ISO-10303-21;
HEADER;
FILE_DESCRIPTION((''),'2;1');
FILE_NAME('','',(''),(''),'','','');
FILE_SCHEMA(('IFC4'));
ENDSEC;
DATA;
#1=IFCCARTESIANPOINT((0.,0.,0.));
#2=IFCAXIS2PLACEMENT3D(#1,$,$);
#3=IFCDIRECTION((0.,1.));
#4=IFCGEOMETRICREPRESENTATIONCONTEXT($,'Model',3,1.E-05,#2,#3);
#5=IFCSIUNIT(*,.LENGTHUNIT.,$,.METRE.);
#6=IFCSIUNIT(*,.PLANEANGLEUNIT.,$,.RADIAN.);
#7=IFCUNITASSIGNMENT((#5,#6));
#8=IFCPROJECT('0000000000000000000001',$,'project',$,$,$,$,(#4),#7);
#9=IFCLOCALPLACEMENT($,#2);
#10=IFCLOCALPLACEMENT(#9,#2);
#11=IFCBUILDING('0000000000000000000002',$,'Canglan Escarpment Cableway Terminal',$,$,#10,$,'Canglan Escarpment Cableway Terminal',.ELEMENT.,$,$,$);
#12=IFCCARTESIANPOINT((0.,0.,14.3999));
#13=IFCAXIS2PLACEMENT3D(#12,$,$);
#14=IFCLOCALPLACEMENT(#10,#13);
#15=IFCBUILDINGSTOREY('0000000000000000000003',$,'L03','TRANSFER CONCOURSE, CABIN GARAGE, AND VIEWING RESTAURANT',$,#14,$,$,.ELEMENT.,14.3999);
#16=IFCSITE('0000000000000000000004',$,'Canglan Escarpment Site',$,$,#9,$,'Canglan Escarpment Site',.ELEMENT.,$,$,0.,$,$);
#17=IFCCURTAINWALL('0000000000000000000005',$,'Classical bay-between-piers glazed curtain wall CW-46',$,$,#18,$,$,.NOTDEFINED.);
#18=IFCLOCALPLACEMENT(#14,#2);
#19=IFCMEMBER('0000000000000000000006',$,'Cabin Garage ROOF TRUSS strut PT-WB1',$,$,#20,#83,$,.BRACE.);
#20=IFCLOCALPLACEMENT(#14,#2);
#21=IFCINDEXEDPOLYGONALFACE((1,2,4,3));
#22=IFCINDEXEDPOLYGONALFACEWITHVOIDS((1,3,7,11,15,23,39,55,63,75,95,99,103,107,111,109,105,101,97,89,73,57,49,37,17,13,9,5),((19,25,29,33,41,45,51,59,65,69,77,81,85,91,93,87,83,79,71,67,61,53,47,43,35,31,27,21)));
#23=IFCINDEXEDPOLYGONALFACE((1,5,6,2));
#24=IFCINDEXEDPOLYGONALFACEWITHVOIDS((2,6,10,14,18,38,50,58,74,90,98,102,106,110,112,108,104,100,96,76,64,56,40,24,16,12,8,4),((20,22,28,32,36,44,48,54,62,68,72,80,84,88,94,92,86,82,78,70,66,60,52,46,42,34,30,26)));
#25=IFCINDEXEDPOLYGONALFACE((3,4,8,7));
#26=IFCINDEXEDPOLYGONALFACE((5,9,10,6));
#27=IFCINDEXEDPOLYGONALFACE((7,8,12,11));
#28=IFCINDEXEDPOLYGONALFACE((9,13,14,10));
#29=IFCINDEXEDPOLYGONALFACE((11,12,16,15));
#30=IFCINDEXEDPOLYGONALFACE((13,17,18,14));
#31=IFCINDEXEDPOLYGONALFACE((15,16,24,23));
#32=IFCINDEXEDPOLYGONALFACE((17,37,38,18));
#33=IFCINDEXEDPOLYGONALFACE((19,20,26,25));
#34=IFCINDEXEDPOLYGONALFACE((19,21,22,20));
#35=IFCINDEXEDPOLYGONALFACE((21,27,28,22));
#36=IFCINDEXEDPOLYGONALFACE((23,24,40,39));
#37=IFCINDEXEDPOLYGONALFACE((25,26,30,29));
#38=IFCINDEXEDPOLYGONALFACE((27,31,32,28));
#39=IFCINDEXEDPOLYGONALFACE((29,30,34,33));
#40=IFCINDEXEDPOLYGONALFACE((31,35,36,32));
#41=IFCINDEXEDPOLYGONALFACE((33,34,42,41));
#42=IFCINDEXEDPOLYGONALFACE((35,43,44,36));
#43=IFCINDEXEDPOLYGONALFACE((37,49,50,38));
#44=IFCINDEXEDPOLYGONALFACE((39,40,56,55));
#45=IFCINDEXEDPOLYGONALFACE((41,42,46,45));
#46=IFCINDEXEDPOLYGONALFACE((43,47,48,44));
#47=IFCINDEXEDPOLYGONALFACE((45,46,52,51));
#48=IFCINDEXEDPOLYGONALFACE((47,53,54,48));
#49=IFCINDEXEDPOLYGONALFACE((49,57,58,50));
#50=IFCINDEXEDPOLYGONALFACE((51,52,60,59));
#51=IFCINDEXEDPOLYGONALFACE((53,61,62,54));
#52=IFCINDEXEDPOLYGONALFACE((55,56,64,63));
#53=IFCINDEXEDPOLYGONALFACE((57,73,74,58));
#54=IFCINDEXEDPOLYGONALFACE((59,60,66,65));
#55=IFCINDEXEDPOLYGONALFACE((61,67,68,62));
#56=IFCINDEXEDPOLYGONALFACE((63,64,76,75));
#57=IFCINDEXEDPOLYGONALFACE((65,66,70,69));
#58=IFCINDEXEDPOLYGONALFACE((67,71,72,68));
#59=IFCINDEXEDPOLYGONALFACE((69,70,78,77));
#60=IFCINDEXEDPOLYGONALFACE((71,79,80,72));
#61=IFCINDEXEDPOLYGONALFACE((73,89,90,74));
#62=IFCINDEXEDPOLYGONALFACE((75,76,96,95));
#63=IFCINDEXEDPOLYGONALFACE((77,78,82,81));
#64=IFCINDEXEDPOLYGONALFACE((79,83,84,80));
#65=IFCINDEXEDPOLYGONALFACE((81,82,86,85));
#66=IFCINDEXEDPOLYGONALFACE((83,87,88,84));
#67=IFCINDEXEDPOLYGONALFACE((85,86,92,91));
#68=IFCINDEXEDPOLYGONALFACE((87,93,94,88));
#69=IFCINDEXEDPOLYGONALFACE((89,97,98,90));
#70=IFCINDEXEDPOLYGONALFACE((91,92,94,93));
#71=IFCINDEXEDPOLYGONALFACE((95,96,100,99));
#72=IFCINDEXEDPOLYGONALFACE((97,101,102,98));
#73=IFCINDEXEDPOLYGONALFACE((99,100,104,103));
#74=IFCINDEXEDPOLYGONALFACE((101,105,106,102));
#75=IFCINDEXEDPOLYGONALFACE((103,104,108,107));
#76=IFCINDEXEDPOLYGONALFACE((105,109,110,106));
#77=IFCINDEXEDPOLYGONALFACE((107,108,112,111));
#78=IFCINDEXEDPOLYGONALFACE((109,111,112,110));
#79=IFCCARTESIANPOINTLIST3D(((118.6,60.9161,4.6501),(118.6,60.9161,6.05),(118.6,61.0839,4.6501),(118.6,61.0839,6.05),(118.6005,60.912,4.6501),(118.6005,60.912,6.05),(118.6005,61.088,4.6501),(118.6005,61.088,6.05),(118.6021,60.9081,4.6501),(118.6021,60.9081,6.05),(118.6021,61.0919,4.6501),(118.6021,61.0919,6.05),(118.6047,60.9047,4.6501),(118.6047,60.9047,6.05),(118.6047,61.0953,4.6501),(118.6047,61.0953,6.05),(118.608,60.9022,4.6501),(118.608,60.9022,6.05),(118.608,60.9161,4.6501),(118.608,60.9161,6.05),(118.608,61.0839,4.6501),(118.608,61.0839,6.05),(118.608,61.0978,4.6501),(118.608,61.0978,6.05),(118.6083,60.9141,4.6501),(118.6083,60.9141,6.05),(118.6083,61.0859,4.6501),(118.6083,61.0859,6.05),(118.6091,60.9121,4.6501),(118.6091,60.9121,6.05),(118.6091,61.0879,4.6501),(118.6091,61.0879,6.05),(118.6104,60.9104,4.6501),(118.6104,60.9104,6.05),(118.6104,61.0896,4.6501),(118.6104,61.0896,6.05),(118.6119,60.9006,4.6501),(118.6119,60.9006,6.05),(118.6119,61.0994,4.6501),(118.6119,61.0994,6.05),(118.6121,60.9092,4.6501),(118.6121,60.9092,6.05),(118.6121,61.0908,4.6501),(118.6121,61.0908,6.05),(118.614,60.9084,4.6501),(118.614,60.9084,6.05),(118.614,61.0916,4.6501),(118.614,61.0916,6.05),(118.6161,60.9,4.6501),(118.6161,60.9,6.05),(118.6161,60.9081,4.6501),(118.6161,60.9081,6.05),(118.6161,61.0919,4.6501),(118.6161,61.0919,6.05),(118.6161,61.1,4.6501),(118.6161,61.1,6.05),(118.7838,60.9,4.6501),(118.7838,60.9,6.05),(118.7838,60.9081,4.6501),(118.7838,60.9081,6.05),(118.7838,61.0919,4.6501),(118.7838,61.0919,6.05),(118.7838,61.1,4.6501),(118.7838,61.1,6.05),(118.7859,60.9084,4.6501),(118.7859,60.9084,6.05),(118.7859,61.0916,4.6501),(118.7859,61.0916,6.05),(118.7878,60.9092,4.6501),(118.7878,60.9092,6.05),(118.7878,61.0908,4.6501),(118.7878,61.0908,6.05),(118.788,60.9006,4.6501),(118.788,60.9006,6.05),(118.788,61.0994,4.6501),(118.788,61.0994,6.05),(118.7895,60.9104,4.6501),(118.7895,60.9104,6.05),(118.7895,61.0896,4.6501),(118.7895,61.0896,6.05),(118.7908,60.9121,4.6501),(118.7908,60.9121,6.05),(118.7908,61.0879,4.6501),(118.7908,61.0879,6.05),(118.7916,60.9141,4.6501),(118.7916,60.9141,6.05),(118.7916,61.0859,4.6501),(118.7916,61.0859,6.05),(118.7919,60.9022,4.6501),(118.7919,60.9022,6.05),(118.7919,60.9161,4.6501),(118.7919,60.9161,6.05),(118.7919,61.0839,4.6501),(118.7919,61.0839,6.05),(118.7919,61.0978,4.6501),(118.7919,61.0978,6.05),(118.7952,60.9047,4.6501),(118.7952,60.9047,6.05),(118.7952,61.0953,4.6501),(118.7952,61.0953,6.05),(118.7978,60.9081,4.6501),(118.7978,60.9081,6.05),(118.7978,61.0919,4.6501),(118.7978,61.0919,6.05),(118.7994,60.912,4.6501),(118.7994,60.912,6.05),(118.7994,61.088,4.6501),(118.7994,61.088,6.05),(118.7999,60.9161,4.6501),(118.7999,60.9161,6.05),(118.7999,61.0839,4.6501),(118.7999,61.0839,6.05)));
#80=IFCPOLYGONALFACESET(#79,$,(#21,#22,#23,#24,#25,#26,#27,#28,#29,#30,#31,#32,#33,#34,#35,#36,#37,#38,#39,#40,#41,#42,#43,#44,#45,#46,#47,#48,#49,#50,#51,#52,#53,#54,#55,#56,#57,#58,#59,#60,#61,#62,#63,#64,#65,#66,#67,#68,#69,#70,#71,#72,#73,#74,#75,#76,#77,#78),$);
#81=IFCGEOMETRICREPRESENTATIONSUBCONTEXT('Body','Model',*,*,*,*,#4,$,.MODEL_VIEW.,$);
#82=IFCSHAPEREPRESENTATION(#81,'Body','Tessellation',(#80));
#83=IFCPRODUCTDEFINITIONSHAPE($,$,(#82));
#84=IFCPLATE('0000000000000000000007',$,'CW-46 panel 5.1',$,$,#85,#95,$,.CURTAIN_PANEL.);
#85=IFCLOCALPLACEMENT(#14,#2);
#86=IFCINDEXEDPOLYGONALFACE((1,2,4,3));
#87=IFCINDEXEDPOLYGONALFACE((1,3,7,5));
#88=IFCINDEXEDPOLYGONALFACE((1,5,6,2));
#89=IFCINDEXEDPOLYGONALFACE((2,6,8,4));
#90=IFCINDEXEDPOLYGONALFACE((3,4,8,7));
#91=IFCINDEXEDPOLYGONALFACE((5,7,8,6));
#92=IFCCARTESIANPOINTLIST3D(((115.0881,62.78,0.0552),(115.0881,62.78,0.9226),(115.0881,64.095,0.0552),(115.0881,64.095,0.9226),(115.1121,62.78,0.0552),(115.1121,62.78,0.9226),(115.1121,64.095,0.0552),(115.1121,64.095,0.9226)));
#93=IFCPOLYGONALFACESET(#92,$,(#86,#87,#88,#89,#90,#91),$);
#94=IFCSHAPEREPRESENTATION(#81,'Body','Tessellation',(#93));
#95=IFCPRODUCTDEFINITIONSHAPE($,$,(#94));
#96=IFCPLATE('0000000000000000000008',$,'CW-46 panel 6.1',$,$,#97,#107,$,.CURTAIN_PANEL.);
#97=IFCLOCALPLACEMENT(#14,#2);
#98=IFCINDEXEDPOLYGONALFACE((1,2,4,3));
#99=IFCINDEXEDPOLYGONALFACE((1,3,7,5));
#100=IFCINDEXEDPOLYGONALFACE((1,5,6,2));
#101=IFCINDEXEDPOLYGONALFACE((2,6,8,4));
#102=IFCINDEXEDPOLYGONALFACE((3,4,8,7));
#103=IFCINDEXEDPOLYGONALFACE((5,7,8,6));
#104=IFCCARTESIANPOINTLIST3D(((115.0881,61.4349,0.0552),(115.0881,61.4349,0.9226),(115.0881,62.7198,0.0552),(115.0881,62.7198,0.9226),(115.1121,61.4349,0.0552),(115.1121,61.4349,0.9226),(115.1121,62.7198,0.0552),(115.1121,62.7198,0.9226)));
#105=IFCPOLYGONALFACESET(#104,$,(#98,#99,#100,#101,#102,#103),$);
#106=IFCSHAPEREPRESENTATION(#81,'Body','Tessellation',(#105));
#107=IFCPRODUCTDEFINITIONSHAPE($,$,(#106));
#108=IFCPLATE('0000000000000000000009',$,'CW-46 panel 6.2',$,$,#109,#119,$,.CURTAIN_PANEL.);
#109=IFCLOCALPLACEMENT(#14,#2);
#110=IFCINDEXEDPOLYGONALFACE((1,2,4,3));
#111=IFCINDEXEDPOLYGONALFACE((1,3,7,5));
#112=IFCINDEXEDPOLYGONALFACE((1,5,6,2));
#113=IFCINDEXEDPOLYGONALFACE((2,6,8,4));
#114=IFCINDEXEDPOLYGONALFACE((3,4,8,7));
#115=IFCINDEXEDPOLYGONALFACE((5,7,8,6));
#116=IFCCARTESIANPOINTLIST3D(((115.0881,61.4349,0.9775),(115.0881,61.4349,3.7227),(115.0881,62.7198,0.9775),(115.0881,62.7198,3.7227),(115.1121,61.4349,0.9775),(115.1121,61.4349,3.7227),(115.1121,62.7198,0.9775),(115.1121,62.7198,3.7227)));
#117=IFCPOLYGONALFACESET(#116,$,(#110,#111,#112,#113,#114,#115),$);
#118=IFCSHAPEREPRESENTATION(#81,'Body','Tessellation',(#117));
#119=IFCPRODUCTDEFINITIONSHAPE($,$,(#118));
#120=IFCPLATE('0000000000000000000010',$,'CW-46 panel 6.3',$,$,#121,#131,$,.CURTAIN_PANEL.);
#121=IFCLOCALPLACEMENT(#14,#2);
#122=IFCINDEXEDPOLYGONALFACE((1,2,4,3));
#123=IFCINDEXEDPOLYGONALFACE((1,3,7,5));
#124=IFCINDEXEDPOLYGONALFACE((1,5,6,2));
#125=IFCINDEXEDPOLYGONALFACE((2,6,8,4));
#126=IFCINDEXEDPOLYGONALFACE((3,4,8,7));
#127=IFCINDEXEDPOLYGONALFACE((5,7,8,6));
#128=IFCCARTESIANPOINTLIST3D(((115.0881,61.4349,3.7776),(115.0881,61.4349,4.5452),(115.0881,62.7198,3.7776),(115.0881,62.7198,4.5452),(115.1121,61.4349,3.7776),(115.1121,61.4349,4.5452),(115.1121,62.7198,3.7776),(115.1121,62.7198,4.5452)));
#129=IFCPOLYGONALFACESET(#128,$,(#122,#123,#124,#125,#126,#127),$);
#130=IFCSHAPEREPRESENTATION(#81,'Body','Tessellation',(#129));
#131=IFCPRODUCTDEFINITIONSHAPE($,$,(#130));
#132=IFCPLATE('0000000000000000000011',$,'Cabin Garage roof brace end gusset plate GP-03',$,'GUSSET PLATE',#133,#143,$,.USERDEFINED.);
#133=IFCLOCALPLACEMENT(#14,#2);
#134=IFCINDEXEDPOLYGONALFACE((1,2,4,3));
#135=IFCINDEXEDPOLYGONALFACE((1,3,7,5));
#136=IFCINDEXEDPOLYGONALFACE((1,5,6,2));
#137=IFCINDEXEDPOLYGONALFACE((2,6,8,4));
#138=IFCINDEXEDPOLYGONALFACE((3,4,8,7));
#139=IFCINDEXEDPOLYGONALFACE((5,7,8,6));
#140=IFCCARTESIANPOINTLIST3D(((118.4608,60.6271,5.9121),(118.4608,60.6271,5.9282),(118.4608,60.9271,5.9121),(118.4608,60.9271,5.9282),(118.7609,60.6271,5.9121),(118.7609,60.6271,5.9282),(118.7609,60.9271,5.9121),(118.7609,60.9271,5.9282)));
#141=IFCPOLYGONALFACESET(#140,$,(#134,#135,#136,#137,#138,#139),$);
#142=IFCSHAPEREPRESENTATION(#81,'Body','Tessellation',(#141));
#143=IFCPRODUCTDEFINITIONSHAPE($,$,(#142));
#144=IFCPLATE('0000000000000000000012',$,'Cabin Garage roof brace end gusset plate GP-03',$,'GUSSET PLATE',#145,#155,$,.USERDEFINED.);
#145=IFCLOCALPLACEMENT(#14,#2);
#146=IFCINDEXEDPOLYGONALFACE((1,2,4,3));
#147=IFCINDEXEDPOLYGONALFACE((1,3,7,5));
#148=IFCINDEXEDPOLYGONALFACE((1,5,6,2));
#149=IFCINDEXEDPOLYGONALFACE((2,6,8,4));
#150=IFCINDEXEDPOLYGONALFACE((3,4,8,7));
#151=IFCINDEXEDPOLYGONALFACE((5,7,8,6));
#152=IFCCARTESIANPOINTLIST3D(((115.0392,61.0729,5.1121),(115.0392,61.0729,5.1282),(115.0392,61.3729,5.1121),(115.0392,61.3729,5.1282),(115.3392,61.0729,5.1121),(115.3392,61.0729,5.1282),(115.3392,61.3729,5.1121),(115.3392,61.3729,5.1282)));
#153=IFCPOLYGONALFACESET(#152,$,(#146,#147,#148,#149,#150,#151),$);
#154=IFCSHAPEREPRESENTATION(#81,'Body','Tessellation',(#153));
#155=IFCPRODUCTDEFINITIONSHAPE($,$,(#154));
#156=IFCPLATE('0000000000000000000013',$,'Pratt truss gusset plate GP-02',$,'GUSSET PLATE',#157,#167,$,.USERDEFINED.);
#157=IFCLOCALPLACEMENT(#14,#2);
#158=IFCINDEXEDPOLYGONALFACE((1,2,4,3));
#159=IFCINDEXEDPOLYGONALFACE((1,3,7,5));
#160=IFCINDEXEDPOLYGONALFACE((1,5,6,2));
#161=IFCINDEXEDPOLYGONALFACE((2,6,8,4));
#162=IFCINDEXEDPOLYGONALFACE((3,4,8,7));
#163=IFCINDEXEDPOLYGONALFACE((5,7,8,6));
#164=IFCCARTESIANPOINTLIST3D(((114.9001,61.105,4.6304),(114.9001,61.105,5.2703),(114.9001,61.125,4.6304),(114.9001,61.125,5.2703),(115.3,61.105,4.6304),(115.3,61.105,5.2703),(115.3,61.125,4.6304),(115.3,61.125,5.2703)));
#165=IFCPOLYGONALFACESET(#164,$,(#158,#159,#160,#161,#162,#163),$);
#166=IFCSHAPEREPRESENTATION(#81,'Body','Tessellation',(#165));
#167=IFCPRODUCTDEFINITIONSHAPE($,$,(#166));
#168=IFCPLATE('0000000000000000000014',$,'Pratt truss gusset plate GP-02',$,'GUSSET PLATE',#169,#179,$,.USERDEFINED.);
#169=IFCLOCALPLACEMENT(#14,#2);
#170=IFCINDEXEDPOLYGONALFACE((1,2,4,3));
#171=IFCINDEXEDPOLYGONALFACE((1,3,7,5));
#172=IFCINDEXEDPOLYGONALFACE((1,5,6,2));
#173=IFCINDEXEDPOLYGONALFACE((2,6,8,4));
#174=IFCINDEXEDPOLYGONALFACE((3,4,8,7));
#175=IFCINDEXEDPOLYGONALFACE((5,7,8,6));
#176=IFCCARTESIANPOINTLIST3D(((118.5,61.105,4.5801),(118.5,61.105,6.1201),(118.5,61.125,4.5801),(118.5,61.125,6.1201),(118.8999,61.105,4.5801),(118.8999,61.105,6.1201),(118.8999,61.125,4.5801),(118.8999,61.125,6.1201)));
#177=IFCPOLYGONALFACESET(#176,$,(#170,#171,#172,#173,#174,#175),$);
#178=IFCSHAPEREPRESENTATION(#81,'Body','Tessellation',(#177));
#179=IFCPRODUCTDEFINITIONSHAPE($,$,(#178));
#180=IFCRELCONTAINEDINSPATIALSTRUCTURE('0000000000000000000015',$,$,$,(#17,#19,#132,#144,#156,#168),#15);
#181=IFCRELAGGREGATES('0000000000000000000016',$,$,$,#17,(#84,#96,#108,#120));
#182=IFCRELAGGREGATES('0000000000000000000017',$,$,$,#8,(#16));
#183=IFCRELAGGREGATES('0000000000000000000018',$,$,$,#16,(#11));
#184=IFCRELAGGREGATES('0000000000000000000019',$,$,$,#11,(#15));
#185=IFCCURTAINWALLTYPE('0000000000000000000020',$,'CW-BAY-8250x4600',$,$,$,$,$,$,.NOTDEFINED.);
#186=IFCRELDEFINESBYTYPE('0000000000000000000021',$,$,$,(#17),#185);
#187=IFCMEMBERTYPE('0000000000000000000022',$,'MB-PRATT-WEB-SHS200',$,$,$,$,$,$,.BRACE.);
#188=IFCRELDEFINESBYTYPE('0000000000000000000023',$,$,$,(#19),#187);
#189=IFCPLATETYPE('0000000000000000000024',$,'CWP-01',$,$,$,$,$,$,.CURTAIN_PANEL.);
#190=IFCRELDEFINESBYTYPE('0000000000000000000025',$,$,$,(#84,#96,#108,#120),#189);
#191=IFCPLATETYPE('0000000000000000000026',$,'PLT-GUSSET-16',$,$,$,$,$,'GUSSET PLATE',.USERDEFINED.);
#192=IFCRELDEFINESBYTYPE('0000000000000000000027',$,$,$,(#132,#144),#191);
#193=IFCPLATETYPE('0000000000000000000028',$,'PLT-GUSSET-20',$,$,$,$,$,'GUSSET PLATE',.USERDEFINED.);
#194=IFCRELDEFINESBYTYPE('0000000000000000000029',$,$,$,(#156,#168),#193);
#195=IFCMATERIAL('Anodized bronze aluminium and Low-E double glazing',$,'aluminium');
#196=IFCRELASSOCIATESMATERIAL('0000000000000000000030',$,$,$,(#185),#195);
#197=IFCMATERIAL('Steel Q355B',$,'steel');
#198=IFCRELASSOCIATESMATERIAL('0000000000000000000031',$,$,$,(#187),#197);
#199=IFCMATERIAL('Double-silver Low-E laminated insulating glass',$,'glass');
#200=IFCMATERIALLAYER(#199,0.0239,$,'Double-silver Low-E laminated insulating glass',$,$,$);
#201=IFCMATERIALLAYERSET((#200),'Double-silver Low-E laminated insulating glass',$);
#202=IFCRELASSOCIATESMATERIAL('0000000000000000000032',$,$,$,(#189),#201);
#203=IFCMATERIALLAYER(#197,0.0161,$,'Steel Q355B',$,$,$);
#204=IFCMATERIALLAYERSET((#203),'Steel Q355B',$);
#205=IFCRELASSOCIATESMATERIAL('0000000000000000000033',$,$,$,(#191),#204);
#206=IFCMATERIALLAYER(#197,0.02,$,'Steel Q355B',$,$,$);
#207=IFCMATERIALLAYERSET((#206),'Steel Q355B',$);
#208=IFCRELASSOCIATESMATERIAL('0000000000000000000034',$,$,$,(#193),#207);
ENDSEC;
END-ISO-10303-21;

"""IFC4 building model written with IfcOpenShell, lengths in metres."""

from ifc_helpers import new_model, si_unit, direction, frame, origin, origin_2d, place, context, subcontext, project, spatial, rectangle, hollow_rectangle, extrude, material, layer, layer_set, material_profile, profile_set, type_object, element, aggregate, save


model = new_model("IFC4")

# Units and contexts
model_context = context("Model", 3, precision=1e-05, world=origin(), true_north=direction((0.0, 1.0)))
body_context = subcontext(model_context, "Body", "Model", "MODEL_VIEW")
ifc_project = project(units=[si_unit("LENGTHUNIT", "METRE"), si_unit("PLANEANGLEUNIT", "RADIAN")], contexts=[model_context])

# Site, building, storey
site_placement = place(None, origin())
site = spatial("IfcSite", under=ifc_project, at=site_placement, Name="Canglan Escarpment Site", LongName="Canglan Escarpment Site", CompositionType="ELEMENT", RefElevation=0.0)
building_placement = place(site_placement, origin())
building = spatial("IfcBuilding", under=site, at=building_placement, Name="Canglan Escarpment Cableway Terminal", LongName="Canglan Escarpment Cableway Terminal", CompositionType="ELEMENT")
storey_placement = place(building_placement, frame((0.0, 0.0, 14.3999)))
storey = spatial("IfcBuildingStorey", under=building, at=storey_placement, Name="L03", Description="TRANSFER CONCOURSE, CABIN GARAGE, AND VIEWING RESTAURANT", CompositionType="ELEMENT", Elevation=14.3999)

# Shared definitions
ifc_material_1 = material(Name="Steel Q355B", Category="steel")

# Curtain wall
ifc_material_2 = material(Name="Anodized bronze aluminium and Low-E double glazing", Category="aluminium")
curtain_wall_type = type_object("IfcCurtainWallType", Name="CW-BAY-8250x4600", PredefinedType="NOTDEFINED", material=ifc_material_2)
curtain_wall_placement = place(storey_placement, origin())
curtain_wall = element("IfcCurtainWall", 1, at=curtain_wall_placement, inside=storey, type_object=curtain_wall_type, Name="Classical bay-between-piers glazed curtain wall CW-46", PredefinedType="NOTDEFINED")

# Member
ifc_material_profile_1 = material_profile(ifc_material_1, hollow_rectangle(XDim=0.2, YDim=0.2, WallThickness=0.0081, InnerFilletRadius=0.0081, OuterFilletRadius=0.0161, at=origin_2d()), Name="SHS 200x200x8")
ifc_profile_set_1 = profile_set([ifc_material_profile_1], Name="Steel Q355B")
member_type_1 = type_object("IfcMemberType", Name="MB-PRATT-WEB-SHS200", PredefinedType="BRACE", material=ifc_profile_set_1)
member_1_placement = place(storey_placement, frame((118.7, 61.0, 4.6501), z_axis=(0.0, 0.0, 1.0), x_axis=(1.0, 0.0, 0.0)))
element("IfcMember", 2, at=member_1_placement, inside=storey, type_object=member_type_1, Name="Cabin Garage ROOF TRUSS strut PT-WB1", PredefinedType="BRACE", context=body_context, shape_type="SweptSolid", body=[
    extrude(hollow_rectangle(XDim=0.2, YDim=0.2, WallThickness=0.0081, InnerFilletRadius=0.0081, OuterFilletRadius=0.0161, at=origin_2d()), origin(), (0.0, 0.0, 1.0), 1.3999),
])

# Plates
ifc_material_3 = material(Name="Double-silver Low-E laminated insulating glass", Category="glass")
ifc_layer_1 = layer(ifc_material_3, 0.0239, Name="Double-silver Low-E laminated insulating glass")
ifc_layer_set_1 = layer_set([ifc_layer_1], Name="Double-silver Low-E laminated insulating glass")
plate_type_1 = type_object("IfcPlateType", Name="CWP-01", PredefinedType="CURTAIN_PANEL", material=ifc_layer_set_1)
plate_1_placement = place(storey_placement, frame((115.1001, 63.4375, 0.0552), z_axis=(0.0, 0.0, 1.0), x_axis=(0.0, -1.0, 0.0)))
plate_1 = element("IfcPlate", 3, at=plate_1_placement, type_object=plate_type_1, Name="CW-46 panel 5.1", PredefinedType="CURTAIN_PANEL", context=body_context, shape_type="SweptSolid", body=[
    extrude(rectangle(XDim=1.3149, YDim=0.0239, at=origin_2d()), origin(), (0.0, 0.0, 1.0), 0.8674),
])
plate_2_placement = place(storey_placement, frame((115.1001, 62.0774, 0.0552), z_axis=(0.0, 0.0, 1.0), x_axis=(0.0, -1.0, 0.0)))
plate_2 = element("IfcPlate", 4, at=plate_2_placement, type_object=plate_type_1, Name="CW-46 panel 6.1", PredefinedType="CURTAIN_PANEL", context=body_context, shape_type="SweptSolid", body=[
    extrude(rectangle(XDim=1.2849, YDim=0.0239, at=origin_2d()), origin(), (0.0, 0.0, 1.0), 0.8674),
])
plate_3_placement = place(storey_placement, frame((115.1001, 62.0774, 0.9775), z_axis=(0.0, 0.0, 1.0), x_axis=(0.0, -1.0, 0.0)))
plate_3 = element("IfcPlate", 5, at=plate_3_placement, type_object=plate_type_1, Name="CW-46 panel 6.2", PredefinedType="CURTAIN_PANEL", context=body_context, shape_type="SweptSolid", body=[
    extrude(rectangle(XDim=1.2849, YDim=0.0239, at=origin_2d()), origin(), (0.0, 0.0, 1.0), 2.7451),
])
plate_4_placement = place(storey_placement, frame((115.1001, 62.0774, 3.7776), z_axis=(0.0, 0.0, 1.0), x_axis=(0.0, -1.0, 0.0)))
plate_4 = element("IfcPlate", 6, at=plate_4_placement, type_object=plate_type_1, Name="CW-46 panel 6.3", PredefinedType="CURTAIN_PANEL", context=body_context, shape_type="SweptSolid", body=[
    extrude(rectangle(XDim=1.2849, YDim=0.0239, at=origin_2d()), origin(), (0.0, 0.0, 1.0), 0.7676),
])
aggregate(curtain_wall, [plate_1, plate_2, plate_3, plate_4])

# Plates
ifc_layer_2 = layer(ifc_material_1, 0.0161, Name="Steel Q355B")
ifc_layer_set_2 = layer_set([ifc_layer_2], Name="Steel Q355B")
plate_type_2 = type_object("IfcPlateType", Name="PLT-GUSSET-16", ElementType="GUSSET PLATE", PredefinedType="USERDEFINED", material=ifc_layer_set_2)
for number, where, z_axis, x_axis, name in (
    (7, (118.6108, 60.7771, 5.9121), (0.0, 0.0, 1.0), (1.0, 0.0, 0.0), "Cabin Garage roof brace end gusset plate GP-03"),
    (8, (115.1892, 61.2229, 5.1121), (0.0, 0.0, 1.0), (1.0, 0.0, 0.0), "Cabin Garage roof brace end gusset plate GP-03"),
):
    element("IfcPlate", number, at=place(storey_placement, frame(where, z_axis=z_axis, x_axis=x_axis)), inside=storey, type_object=plate_type_2, Name=name, ObjectType="GUSSET PLATE", PredefinedType="USERDEFINED", context=body_context, shape_type="SweptSolid", body=[
        extrude(rectangle(XDim=0.3, YDim=0.3, at=origin_2d()), origin(), (0.0, 0.0, 1.0), 0.0161),
    ])
ifc_layer_3 = layer(ifc_material_1, 0.02, Name="Steel Q355B")
ifc_layer_set_3 = layer_set([ifc_layer_3], Name="Steel Q355B")
plate_type_3 = type_object("IfcPlateType", Name="PLT-GUSSET-20", ElementType="GUSSET PLATE", PredefinedType="USERDEFINED", material=ifc_layer_set_3)
plate_5_placement = place(storey_placement, frame((115.1001, 61.115, 4.6304), z_axis=(0.0, 0.0, 1.0), x_axis=(1.0, 0.0, 0.0)))
element("IfcPlate", 9, at=plate_5_placement, inside=storey, type_object=plate_type_3, Name="Pratt truss gusset plate GP-02", ObjectType="GUSSET PLATE", PredefinedType="USERDEFINED", context=body_context, shape_type="SweptSolid", body=[
    extrude(rectangle(XDim=0.3999, YDim=0.02, at=origin_2d()), origin(), (0.0, 0.0, 1.0), 0.6399),
])
plate_6_placement = place(storey_placement, frame((118.7, 61.115, 4.5801), z_axis=(0.0, 0.0, 1.0), x_axis=(1.0, 0.0, 0.0)))
element("IfcPlate", 10, at=plate_6_placement, inside=storey, type_object=plate_type_3, Name="Pratt truss gusset plate GP-02", ObjectType="GUSSET PLATE", PredefinedType="USERDEFINED", context=body_context, shape_type="SweptSolid", body=[
    extrude(rectangle(XDim=0.3999, YDim=0.02, at=origin_2d()), origin(), (0.0, 0.0, 1.0), 1.54),
])

save(model, "model.ifc")
